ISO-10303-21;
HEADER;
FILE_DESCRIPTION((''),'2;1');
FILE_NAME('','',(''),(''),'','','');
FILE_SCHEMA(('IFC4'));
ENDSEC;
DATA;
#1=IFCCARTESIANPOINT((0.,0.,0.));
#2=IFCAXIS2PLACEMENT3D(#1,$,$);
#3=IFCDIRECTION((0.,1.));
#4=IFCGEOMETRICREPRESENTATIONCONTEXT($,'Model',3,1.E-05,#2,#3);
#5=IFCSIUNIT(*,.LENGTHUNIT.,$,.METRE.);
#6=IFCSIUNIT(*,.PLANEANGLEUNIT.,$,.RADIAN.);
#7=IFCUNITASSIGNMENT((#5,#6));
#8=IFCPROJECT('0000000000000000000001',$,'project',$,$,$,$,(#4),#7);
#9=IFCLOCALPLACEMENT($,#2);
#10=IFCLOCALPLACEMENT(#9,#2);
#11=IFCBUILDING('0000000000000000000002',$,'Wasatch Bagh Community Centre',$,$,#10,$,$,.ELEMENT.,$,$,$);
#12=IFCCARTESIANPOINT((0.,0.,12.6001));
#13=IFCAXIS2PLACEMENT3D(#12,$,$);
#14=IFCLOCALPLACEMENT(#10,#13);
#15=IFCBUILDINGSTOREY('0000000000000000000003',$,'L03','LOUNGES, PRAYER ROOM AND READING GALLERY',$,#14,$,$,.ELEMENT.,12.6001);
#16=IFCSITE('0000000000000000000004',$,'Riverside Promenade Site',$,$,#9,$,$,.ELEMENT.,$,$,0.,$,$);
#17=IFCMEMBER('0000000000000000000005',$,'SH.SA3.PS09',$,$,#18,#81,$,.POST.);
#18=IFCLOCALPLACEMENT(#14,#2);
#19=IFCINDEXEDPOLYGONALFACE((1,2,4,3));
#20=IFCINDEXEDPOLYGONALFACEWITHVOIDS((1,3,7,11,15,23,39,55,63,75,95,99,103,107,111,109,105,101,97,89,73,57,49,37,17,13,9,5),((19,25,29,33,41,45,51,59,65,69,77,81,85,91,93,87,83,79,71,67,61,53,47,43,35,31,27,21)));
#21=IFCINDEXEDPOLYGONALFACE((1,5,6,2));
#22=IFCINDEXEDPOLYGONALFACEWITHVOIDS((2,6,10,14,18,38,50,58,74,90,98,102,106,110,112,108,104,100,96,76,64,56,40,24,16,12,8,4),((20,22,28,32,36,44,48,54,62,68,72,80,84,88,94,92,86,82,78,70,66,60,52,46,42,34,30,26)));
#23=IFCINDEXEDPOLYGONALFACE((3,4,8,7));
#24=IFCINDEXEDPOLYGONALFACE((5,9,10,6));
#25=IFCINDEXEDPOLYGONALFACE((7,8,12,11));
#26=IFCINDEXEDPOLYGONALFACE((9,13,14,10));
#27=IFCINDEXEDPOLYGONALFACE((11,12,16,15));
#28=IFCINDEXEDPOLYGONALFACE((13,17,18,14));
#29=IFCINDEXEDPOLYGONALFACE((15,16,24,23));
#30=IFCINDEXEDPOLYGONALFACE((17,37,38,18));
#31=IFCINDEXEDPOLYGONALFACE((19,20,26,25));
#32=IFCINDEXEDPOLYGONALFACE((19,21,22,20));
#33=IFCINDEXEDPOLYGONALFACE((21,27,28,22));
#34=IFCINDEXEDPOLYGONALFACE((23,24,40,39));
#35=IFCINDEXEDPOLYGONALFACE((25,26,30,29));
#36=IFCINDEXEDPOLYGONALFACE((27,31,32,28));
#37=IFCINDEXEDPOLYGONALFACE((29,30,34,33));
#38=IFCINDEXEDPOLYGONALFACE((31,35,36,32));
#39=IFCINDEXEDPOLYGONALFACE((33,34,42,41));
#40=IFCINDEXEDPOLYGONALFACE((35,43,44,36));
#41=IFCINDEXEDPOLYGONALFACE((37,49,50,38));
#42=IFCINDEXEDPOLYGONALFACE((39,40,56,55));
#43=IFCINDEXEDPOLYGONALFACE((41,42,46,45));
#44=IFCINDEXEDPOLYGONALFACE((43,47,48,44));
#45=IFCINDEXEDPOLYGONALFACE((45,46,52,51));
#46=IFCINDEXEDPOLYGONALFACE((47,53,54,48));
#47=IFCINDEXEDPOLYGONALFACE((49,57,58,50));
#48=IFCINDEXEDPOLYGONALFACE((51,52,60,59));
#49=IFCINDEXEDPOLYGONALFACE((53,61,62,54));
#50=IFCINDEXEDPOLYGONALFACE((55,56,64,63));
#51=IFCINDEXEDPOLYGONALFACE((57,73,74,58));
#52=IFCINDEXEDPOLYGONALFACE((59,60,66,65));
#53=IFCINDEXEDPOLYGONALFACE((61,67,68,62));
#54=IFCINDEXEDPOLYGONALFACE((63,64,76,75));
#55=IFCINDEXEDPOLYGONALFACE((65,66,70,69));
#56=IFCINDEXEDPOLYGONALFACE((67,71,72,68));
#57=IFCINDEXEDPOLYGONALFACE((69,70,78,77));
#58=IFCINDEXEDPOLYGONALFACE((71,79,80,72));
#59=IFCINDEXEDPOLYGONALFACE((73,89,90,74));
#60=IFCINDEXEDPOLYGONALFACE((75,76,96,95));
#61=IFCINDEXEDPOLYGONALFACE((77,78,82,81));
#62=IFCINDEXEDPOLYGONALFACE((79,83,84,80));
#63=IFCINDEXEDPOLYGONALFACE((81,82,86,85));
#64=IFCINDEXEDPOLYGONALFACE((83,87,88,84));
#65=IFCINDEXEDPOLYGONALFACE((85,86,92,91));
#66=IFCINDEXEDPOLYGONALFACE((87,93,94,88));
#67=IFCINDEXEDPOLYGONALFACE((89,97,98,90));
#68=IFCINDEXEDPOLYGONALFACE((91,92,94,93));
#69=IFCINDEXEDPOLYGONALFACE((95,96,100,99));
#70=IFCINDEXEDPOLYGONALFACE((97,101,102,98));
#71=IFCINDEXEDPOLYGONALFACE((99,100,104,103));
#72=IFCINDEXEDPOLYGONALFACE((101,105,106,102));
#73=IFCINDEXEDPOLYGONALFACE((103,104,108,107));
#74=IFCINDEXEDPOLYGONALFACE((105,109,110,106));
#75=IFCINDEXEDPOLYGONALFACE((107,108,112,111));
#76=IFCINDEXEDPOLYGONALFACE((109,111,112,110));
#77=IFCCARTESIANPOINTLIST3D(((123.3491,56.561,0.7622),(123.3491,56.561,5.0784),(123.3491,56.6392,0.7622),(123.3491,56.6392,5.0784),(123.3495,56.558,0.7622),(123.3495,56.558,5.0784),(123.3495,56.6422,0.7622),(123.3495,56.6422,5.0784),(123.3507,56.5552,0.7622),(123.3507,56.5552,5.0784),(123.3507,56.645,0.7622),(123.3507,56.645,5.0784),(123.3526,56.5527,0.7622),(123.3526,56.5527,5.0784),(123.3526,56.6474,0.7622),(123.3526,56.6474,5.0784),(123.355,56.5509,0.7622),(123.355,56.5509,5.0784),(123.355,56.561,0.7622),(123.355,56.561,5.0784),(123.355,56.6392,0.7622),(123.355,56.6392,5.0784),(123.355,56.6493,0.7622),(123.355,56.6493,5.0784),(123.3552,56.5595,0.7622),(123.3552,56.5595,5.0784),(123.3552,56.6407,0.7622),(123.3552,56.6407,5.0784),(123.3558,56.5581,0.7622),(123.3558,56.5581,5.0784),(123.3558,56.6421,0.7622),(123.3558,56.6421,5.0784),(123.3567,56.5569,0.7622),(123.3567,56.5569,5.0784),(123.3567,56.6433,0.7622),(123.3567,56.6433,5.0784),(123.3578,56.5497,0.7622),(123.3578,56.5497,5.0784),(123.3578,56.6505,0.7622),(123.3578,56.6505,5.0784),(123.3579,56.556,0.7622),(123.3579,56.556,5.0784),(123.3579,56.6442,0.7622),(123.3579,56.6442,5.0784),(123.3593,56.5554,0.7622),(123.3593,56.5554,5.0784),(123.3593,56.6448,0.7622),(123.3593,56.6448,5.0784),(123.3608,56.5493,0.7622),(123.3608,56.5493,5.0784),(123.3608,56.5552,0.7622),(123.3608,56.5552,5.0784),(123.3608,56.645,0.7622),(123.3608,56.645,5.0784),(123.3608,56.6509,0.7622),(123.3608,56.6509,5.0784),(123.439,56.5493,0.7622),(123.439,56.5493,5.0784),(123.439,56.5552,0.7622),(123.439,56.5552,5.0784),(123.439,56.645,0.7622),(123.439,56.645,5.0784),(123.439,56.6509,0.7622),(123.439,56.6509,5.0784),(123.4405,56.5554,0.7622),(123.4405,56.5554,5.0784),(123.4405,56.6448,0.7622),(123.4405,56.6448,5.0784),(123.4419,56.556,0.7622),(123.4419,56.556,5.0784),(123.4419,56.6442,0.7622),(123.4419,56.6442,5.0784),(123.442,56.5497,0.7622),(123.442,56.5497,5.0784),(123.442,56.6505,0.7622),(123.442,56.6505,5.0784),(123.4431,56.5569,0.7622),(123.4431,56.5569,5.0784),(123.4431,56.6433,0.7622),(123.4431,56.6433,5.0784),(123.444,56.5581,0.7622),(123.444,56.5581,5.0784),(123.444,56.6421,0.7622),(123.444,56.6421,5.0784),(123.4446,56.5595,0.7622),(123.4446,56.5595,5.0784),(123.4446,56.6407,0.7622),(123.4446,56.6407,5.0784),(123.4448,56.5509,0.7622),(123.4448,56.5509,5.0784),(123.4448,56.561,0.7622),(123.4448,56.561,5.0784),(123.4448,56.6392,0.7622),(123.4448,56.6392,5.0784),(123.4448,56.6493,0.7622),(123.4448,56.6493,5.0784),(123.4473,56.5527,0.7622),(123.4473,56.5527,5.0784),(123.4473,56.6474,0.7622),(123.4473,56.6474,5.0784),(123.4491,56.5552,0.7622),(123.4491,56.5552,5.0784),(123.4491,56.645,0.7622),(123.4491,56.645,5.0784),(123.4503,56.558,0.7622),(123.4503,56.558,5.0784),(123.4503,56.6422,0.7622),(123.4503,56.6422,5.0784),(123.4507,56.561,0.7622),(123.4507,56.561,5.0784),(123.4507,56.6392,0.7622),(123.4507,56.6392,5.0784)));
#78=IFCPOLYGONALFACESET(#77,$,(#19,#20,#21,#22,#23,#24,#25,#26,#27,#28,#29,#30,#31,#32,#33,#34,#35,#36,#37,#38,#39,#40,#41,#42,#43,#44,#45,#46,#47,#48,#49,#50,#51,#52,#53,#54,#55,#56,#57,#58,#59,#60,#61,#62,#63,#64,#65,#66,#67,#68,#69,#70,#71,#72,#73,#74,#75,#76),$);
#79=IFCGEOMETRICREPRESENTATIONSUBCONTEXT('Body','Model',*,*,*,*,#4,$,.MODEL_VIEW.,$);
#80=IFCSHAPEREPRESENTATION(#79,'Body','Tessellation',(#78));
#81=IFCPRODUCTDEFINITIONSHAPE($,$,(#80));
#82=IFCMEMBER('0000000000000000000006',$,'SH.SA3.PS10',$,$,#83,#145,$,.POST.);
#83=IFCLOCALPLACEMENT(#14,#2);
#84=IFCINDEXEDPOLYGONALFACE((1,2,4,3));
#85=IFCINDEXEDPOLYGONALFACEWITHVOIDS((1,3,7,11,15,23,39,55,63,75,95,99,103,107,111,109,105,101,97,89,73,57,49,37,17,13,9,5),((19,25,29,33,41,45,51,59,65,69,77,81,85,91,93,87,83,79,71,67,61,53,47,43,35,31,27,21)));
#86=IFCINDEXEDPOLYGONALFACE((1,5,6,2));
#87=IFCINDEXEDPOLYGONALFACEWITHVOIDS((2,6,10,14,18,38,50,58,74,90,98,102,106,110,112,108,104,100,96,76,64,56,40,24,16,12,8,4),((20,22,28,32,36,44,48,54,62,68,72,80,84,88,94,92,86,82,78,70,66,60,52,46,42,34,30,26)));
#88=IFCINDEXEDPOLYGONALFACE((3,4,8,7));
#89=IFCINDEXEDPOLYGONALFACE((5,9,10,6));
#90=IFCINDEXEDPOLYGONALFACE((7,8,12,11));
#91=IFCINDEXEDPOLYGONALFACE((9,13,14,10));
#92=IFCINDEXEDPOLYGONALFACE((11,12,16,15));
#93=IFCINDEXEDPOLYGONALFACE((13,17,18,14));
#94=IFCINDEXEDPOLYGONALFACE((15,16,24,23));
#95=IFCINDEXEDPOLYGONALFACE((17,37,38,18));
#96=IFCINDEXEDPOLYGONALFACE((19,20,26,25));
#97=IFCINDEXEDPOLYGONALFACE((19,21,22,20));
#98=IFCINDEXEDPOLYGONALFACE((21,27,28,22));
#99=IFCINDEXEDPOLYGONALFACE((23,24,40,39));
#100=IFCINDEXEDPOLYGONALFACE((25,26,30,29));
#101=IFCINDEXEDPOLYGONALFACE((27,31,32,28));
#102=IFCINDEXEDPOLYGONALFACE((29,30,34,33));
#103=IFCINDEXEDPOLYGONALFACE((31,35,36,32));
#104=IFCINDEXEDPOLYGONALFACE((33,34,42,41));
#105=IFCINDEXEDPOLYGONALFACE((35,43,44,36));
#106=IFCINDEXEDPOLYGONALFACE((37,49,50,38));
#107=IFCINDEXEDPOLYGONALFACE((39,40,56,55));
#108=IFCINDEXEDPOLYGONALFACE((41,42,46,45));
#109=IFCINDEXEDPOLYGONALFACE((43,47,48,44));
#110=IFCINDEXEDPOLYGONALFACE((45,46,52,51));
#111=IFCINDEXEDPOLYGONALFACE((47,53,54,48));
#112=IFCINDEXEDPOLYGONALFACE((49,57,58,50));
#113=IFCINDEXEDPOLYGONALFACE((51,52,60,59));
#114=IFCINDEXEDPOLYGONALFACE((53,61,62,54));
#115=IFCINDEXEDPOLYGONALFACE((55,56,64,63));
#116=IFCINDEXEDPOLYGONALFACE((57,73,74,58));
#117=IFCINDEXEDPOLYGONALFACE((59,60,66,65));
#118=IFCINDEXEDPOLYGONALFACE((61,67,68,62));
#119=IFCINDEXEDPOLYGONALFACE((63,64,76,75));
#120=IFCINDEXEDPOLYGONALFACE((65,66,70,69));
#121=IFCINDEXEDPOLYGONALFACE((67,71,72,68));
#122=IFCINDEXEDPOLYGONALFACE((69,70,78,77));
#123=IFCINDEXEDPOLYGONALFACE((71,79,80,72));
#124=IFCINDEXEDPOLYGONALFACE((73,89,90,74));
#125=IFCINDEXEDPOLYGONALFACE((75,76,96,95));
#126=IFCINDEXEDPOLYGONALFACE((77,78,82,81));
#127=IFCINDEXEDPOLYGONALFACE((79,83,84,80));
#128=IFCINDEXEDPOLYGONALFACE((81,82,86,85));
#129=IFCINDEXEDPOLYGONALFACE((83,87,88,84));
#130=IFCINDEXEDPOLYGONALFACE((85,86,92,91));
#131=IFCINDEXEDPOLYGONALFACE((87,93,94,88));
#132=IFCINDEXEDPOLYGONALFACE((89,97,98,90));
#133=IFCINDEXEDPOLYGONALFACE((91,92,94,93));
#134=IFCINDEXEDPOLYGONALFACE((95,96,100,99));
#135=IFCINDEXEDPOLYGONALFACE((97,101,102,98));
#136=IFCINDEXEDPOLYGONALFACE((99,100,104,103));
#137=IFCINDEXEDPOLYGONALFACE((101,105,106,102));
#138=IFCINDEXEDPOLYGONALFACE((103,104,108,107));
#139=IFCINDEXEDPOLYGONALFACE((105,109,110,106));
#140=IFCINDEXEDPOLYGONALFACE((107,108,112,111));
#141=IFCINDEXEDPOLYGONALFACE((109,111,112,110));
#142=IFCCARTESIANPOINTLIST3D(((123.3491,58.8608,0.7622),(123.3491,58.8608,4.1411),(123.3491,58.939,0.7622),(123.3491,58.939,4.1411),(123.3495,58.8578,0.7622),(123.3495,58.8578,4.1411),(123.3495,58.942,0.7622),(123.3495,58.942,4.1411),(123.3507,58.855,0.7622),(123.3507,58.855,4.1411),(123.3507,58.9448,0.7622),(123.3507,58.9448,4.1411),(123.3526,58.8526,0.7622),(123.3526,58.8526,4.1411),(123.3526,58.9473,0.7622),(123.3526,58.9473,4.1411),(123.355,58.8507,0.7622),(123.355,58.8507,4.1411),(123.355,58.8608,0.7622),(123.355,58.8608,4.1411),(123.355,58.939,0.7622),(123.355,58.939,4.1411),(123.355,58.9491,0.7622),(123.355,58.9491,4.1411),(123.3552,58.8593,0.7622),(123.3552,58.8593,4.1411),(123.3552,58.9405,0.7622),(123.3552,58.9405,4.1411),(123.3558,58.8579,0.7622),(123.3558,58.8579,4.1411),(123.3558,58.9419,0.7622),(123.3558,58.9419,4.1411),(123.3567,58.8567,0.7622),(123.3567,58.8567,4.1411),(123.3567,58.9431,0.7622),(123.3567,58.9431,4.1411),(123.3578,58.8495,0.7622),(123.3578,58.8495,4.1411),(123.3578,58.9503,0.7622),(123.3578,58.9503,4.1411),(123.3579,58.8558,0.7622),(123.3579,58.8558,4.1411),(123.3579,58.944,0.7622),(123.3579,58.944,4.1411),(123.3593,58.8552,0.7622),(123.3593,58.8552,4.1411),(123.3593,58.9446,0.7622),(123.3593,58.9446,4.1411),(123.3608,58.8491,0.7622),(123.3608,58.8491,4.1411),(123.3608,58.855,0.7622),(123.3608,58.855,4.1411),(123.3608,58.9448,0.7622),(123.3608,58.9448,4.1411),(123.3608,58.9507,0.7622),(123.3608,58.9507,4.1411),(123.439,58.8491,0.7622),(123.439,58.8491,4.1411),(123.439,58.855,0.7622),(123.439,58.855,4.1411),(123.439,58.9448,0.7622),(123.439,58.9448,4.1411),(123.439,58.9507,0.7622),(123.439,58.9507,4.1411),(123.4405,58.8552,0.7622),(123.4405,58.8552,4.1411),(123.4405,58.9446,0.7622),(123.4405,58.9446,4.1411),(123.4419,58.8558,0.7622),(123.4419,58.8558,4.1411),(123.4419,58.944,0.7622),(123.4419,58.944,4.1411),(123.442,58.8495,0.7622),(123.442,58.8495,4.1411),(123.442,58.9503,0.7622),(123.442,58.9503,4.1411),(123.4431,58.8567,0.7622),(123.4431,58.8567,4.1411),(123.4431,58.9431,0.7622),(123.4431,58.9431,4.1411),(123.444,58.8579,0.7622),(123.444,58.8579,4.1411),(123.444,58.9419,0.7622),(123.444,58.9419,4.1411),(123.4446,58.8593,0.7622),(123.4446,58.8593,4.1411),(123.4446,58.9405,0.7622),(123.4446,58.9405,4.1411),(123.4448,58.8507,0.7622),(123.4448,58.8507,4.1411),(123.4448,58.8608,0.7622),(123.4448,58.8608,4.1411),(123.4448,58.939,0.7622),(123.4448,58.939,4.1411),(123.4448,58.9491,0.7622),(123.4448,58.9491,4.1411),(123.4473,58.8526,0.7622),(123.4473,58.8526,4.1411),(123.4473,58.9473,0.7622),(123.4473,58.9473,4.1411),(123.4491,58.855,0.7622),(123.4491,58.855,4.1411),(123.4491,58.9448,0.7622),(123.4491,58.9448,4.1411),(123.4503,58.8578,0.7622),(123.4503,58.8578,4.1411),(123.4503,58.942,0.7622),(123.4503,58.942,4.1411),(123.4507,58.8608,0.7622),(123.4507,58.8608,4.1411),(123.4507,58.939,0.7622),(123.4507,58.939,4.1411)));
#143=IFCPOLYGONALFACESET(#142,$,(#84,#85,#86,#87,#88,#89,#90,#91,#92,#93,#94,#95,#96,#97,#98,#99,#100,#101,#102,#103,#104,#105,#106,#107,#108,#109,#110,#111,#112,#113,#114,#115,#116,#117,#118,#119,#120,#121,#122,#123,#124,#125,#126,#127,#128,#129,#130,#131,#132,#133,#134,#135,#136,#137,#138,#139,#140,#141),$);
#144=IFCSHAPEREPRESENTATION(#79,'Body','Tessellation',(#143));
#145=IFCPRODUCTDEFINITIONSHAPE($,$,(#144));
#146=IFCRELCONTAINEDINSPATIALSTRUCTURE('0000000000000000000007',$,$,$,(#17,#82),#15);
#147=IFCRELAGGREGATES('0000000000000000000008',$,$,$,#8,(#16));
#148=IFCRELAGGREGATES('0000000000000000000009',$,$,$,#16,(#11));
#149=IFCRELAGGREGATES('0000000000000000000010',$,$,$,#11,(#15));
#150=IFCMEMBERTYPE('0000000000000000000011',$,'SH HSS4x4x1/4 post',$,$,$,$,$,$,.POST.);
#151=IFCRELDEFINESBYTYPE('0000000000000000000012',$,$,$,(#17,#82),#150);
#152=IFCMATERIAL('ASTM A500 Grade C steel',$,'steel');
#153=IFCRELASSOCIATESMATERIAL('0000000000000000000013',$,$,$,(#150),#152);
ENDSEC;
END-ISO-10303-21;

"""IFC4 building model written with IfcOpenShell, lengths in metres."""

from ifc_helpers import new_model, si_unit, direction, frame, origin, origin_2d, place, context, subcontext, project, spatial, hollow_rectangle, extrude, material, material_profile, profile_set, type_object, element, save


model = new_model("IFC4")

# Units and contexts
model_context = context("Model", 3, precision=1e-05, world=origin(), true_north=direction((0.0, 1.0)))
body_context = subcontext(model_context, "Body", "Model", "MODEL_VIEW")
ifc_project = project(units=[si_unit("LENGTHUNIT", "METRE"), si_unit("PLANEANGLEUNIT", "RADIAN")], contexts=[model_context])

# Site, building, storey
site_placement = place(None, origin())
site = spatial("IfcSite", under=ifc_project, at=site_placement, Name="Riverside Promenade Site", CompositionType="ELEMENT", RefElevation=0.0)
building_placement = place(site_placement, origin())
building = spatial("IfcBuilding", under=site, at=building_placement, Name="Wasatch Bagh Community Centre", CompositionType="ELEMENT")
storey_placement = place(building_placement, frame((0.0, 0.0, 12.6001)))
storey = spatial("IfcBuildingStorey", under=building, at=storey_placement, Name="L03", Description="LOUNGES, PRAYER ROOM AND READING GALLERY", CompositionType="ELEMENT", Elevation=12.6001)

# Members
ifc_material_1 = material(Name="ASTM A500 Grade C steel", Category="steel")
ifc_material_profile_1 = material_profile(ifc_material_1, hollow_rectangle(XDim=0.1016, YDim=0.1016, WallThickness=0.0059, InnerFilletRadius=0.0059, OuterFilletRadius=0.0117, at=origin_2d()), Name="HSS4x4x1/4")
ifc_profile_set_1 = profile_set([ifc_material_profile_1], Name="ASTM A500 Grade C steel")
member_type_1 = type_object("IfcMemberType", Name="SH HSS4x4x1/4 post", PredefinedType="POST", material=ifc_profile_set_1)
member_1_placement = place(storey_placement, frame((123.3999, 56.6001, 0.7622), z_axis=(0.0, 0.0, 1.0), x_axis=(1.0, 0.0, 0.0)))
element("IfcMember", 1, at=member_1_placement, inside=storey, type_object=member_type_1, Name="SH.SA3.PS09", PredefinedType="POST", context=body_context, shape_type="SweptSolid", body=[
    extrude(hollow_rectangle(XDim=0.1016, YDim=0.1016, WallThickness=0.0059, InnerFilletRadius=0.0059, OuterFilletRadius=0.0117, at=origin_2d()), origin(), (0.0, 0.0, 1.0), 4.3162),
])
member_2_placement = place(storey_placement, frame((123.3999, 58.8999, 0.7622), z_axis=(0.0, 0.0, 1.0), x_axis=(1.0, 0.0, 0.0)))
element("IfcMember", 2, at=member_2_placement, inside=storey, type_object=member_type_1, Name="SH.SA3.PS10", PredefinedType="POST", context=body_context, shape_type="SweptSolid", body=[
    extrude(hollow_rectangle(XDim=0.1016, YDim=0.1016, WallThickness=0.0059, InnerFilletRadius=0.0059, OuterFilletRadius=0.0117, at=origin_2d()), origin(), (0.0, 0.0, 1.0), 3.3789),
])

save(model, "model.ifc")
